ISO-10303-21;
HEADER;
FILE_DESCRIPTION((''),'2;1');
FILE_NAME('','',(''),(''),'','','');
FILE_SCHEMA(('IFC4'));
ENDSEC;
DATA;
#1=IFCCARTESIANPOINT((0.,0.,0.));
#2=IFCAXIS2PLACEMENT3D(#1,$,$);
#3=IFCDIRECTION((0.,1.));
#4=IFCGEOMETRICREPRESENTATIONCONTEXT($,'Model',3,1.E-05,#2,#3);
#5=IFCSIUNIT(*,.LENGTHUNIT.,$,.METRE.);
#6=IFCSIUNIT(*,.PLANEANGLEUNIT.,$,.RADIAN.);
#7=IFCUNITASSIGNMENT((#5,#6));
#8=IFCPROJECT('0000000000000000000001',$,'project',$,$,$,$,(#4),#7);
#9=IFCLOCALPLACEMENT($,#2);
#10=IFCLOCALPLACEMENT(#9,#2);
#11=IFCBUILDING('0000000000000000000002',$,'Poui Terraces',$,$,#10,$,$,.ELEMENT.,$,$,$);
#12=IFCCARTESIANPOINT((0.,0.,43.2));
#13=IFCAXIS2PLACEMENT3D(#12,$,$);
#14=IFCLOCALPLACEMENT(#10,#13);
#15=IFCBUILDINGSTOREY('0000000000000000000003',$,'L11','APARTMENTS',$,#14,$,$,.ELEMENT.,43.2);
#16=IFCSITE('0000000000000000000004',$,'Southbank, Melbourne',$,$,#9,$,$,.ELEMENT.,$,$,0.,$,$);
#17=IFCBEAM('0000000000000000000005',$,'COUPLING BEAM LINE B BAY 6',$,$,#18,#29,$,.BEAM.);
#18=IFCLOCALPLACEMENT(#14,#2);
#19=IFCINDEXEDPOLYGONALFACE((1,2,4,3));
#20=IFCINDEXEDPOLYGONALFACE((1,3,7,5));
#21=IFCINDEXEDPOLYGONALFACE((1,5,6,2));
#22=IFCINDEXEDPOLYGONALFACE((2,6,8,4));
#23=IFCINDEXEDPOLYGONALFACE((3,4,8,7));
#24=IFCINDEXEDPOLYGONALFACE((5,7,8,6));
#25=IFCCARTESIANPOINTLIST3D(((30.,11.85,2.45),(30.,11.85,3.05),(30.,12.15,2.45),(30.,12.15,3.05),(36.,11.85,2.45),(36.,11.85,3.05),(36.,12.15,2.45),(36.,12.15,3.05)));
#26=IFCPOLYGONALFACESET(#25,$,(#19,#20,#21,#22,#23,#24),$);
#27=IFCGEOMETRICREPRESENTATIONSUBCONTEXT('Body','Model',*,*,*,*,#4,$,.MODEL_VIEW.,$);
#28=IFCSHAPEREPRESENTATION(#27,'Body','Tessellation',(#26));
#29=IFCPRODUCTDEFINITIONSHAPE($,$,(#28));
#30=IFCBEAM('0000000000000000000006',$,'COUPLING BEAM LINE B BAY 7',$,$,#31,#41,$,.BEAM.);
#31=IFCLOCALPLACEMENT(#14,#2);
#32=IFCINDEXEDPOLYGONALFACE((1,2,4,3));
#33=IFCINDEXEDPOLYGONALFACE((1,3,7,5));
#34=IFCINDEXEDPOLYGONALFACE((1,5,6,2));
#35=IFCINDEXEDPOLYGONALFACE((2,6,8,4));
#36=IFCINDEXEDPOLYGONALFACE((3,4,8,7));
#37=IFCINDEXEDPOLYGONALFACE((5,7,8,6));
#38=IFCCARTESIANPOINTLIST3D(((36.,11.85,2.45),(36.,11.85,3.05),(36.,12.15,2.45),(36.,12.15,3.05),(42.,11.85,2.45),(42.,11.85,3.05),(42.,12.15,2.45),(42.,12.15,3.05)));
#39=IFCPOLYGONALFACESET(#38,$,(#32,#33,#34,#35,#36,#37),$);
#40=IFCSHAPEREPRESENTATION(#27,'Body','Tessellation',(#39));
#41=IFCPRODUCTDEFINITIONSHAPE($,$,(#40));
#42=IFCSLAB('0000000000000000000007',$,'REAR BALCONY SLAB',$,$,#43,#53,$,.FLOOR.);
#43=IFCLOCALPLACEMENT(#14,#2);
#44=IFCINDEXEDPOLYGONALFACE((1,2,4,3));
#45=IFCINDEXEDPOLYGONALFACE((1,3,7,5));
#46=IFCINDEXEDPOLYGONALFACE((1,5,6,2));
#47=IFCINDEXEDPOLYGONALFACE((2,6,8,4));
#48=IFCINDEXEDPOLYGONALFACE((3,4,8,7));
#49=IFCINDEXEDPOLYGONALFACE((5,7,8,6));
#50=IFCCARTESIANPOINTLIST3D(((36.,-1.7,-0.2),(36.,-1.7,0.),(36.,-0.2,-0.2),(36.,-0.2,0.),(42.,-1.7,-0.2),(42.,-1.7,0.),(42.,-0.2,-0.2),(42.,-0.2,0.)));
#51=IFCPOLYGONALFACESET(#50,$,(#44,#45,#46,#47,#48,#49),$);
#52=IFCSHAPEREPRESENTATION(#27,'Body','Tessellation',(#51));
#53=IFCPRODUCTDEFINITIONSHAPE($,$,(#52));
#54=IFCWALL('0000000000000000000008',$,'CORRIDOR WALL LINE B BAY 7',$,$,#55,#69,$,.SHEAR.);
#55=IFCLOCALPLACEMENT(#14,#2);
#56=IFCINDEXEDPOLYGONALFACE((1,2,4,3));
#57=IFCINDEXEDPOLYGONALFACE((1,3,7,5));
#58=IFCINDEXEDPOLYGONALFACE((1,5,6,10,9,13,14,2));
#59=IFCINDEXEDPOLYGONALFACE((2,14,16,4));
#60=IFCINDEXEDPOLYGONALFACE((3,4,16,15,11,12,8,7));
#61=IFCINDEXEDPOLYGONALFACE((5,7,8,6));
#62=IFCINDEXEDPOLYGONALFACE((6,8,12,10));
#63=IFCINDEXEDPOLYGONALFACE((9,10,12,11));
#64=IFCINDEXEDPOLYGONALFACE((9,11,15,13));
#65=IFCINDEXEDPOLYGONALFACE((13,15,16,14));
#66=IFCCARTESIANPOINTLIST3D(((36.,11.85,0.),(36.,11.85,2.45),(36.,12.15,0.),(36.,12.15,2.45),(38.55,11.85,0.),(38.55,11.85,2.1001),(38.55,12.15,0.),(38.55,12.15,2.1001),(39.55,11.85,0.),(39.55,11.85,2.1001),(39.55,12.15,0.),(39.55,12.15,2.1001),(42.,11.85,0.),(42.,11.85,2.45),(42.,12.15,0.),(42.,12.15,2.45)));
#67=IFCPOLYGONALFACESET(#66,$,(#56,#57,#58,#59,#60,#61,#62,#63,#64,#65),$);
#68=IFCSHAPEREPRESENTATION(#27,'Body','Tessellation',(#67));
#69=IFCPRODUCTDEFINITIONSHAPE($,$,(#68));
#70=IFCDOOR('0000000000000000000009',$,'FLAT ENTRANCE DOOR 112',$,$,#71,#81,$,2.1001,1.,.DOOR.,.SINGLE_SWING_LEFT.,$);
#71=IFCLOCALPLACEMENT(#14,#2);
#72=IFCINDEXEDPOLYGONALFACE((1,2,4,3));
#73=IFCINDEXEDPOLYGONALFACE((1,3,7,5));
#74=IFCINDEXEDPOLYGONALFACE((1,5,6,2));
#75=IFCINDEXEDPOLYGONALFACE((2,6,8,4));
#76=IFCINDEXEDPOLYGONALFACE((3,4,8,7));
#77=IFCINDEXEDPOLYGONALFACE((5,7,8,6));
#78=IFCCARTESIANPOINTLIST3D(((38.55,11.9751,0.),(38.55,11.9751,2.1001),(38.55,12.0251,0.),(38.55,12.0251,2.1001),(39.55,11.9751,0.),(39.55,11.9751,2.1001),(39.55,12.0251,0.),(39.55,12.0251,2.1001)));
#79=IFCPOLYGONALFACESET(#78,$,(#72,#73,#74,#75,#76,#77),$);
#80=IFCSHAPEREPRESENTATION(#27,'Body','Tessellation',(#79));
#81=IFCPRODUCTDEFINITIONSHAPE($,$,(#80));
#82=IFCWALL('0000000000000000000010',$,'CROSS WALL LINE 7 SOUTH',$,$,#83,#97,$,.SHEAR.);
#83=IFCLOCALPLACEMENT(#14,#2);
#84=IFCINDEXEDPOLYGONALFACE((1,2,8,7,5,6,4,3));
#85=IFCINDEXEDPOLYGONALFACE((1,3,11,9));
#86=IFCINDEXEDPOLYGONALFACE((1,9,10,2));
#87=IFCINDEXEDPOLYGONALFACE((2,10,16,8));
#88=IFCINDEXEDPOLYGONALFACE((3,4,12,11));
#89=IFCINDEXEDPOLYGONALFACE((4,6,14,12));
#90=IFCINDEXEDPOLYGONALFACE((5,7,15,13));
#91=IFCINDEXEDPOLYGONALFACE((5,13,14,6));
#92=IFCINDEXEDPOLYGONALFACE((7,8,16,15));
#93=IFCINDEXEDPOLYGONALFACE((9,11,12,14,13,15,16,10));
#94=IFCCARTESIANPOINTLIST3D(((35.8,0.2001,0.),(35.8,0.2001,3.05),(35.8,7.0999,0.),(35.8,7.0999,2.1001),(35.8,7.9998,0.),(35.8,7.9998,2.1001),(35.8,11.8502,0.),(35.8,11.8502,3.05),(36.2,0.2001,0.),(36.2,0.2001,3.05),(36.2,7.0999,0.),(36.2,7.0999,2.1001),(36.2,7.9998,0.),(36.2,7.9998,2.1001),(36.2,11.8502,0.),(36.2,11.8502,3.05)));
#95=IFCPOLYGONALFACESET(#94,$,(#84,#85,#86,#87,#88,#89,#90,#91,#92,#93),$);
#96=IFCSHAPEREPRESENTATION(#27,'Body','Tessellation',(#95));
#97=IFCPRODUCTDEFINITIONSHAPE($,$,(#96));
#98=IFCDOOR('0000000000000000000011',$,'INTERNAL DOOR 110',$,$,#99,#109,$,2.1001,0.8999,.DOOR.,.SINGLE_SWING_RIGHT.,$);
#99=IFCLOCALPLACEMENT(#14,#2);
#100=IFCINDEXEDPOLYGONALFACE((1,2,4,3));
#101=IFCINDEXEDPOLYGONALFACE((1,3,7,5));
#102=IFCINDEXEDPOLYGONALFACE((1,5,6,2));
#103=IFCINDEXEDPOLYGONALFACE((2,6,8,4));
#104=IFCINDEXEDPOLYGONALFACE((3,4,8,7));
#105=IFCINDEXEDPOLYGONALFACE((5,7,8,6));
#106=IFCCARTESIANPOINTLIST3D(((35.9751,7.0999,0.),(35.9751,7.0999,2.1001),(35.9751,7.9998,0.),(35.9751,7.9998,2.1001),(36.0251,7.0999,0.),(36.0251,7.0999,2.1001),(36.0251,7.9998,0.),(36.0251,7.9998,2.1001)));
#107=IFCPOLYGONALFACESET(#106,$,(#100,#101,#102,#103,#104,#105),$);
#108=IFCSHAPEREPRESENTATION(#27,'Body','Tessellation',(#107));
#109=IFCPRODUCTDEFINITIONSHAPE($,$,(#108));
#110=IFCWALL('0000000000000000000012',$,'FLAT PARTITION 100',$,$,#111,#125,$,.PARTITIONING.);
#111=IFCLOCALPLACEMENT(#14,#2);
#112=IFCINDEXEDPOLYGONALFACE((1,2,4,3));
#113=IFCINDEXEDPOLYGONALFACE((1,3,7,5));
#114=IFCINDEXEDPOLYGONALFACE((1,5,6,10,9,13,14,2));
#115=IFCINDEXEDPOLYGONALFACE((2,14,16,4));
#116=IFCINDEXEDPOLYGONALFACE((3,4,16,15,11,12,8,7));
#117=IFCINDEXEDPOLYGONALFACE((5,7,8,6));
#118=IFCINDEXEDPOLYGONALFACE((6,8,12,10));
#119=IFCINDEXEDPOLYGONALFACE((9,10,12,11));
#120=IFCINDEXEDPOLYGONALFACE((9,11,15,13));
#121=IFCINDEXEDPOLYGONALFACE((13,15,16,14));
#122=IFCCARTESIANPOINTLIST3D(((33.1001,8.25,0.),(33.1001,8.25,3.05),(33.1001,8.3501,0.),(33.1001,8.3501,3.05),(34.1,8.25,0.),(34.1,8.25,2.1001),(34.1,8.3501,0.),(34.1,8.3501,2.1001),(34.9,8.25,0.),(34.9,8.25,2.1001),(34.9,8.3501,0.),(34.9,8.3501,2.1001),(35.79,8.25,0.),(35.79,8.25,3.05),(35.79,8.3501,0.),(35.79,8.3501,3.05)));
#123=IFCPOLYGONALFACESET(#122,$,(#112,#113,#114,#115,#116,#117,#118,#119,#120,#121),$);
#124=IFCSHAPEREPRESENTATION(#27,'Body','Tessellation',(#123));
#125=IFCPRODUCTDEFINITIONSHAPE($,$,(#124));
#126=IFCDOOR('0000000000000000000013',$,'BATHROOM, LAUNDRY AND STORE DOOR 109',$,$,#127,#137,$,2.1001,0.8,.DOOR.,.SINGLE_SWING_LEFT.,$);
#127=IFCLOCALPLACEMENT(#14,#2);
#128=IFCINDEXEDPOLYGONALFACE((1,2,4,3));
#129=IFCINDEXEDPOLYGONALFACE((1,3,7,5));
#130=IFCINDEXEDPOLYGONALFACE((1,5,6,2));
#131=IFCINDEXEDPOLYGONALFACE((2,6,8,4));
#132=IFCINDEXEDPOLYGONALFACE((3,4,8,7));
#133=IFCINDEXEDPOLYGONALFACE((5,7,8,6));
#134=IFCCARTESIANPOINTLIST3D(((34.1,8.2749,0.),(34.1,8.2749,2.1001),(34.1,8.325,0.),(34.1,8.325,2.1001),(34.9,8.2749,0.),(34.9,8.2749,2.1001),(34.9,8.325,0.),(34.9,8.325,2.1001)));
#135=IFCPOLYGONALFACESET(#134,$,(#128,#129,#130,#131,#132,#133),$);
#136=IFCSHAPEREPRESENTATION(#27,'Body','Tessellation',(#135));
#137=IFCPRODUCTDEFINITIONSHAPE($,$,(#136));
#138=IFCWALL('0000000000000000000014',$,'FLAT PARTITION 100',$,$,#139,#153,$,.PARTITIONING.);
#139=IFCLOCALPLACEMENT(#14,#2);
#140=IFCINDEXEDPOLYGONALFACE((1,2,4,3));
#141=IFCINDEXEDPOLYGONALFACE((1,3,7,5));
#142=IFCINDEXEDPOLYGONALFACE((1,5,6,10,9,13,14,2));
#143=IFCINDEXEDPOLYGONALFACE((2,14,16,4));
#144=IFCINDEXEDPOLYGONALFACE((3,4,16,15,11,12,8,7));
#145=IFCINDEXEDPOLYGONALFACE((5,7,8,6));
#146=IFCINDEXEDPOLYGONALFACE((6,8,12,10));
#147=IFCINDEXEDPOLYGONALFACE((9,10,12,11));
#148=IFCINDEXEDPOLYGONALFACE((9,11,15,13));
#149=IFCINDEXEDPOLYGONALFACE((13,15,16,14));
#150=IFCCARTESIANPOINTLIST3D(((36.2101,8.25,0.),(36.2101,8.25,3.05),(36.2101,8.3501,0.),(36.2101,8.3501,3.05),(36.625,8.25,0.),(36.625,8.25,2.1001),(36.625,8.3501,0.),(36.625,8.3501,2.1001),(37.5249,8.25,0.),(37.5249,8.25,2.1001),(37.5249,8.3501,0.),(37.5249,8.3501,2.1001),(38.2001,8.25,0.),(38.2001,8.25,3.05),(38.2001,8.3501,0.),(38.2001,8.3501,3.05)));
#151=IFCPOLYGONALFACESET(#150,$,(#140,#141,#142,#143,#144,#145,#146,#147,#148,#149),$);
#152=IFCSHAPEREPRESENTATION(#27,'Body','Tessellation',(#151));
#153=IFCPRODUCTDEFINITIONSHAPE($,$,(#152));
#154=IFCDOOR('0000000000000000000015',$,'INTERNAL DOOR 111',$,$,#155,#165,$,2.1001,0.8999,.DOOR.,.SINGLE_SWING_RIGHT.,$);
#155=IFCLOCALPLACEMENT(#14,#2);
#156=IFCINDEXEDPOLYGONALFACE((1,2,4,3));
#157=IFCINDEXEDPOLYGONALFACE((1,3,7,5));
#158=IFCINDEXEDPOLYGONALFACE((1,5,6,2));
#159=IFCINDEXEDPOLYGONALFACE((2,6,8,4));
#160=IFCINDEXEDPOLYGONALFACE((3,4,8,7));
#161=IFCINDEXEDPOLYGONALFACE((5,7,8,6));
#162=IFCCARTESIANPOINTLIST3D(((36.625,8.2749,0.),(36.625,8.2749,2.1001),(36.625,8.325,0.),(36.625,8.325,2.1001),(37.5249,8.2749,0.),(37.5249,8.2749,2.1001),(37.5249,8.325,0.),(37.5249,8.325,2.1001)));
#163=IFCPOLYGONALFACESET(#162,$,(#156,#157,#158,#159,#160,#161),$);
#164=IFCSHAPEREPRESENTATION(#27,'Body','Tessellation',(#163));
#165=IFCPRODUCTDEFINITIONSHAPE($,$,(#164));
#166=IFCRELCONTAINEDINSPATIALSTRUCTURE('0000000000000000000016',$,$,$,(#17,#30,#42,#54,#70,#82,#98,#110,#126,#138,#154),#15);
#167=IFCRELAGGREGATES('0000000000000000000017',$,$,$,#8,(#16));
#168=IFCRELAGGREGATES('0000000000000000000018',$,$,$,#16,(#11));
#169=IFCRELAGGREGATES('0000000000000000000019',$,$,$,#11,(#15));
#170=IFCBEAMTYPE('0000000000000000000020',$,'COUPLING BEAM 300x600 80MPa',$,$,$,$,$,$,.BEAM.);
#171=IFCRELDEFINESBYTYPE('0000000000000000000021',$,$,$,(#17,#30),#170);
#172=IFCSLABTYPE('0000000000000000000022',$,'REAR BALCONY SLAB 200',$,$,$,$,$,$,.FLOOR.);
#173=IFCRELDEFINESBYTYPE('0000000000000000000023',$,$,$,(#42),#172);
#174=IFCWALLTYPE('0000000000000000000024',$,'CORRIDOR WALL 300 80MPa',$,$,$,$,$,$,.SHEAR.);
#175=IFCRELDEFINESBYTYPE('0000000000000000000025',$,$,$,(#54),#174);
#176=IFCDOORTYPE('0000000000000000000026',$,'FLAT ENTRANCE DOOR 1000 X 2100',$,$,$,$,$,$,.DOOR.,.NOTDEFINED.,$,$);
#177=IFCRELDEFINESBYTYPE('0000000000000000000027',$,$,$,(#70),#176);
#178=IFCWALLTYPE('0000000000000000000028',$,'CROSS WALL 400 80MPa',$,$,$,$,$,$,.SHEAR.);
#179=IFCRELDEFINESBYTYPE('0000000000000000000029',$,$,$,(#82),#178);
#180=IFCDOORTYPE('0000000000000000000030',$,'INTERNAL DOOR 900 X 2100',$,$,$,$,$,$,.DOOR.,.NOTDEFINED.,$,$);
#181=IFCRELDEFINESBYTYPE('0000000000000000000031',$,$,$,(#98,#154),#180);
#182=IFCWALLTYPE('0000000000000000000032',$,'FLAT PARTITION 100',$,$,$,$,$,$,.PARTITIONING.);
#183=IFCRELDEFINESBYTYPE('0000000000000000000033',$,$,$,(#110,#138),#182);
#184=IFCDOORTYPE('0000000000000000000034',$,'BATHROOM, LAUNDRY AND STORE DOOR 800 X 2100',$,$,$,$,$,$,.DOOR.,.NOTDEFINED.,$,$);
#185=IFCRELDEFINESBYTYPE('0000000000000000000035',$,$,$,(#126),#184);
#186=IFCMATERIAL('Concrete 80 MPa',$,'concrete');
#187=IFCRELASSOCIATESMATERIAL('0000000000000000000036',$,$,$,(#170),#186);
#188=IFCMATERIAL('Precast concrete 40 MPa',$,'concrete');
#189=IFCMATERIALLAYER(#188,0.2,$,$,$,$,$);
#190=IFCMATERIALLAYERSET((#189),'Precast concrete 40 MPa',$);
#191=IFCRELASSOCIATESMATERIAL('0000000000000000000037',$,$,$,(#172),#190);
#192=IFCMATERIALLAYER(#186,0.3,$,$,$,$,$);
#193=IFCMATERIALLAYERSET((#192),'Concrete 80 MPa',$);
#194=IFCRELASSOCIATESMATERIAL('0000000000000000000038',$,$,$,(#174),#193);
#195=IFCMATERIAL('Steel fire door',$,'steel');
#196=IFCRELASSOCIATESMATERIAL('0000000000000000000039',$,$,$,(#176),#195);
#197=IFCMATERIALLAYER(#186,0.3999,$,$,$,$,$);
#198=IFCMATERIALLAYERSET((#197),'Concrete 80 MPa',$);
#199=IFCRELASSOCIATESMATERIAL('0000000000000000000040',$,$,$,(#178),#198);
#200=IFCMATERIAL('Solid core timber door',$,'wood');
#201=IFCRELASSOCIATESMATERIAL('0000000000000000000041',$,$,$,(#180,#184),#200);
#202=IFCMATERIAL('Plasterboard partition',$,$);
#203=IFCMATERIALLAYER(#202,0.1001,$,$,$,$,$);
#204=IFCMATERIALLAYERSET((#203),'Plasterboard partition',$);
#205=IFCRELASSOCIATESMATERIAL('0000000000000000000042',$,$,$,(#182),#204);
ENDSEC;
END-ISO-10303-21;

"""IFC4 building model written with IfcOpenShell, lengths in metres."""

from ifc_helpers import new_model, si_unit, direction, frame, frame_2d, origin, origin_2d, place, context, subcontext, project, spatial, polyline, rectangle, outline, extrude, source, transform, mapped, material, layer, layer_set, material_profile, profile_set, type_object, element, fill, save


model = new_model("IFC4")

# Units and contexts
model_context = context("Model", 3, precision=1e-05, world=origin(), true_north=direction((0.0, 1.0)))
body_context = subcontext(model_context, "Body", "Model", "MODEL_VIEW")
ifc_project = project(units=[si_unit("LENGTHUNIT", "METRE"), si_unit("PLANEANGLEUNIT", "RADIAN")], contexts=[model_context])

# Site, building, storey
site_placement = place(None, origin())
site = spatial("IfcSite", under=ifc_project, at=site_placement, Name="Southbank, Melbourne", CompositionType="ELEMENT", RefElevation=0.0)
building_placement = place(site_placement, origin())
building = spatial("IfcBuilding", under=site, at=building_placement, Name="Poui Terraces", CompositionType="ELEMENT")
storey_placement = place(building_placement, frame((0.0, 0.0, 43.2)))
storey = spatial("IfcBuildingStorey", under=building, at=storey_placement, Name="L11", Description="APARTMENTS", CompositionType="ELEMENT", Elevation=43.2)

# Beams
ifc_material_1 = material(Name="Concrete 80 MPa", Category="concrete")
ifc_material_profile = material_profile(ifc_material_1, rectangle(XDim=0.3, YDim=0.6001, at=origin_2d()), Name="RC 300x600")
ifc_profile_set = profile_set([ifc_material_profile], Name="Concrete 80 MPa")
beam_type = type_object("IfcBeamType", Name="COUPLING BEAM 300x600 80MPa", PredefinedType="BEAM", material=ifc_profile_set)
shared_shape_1 = source(origin(), body_context, "Body", "SweptSolid", [
    extrude(rectangle(XDim=0.3, YDim=0.6001, at=origin_2d()), origin(), (0.0, 0.0, 1.0), 6.0),
])
for number, where, z_axis, x_axis, name in (
    (1, (30.0, 12.0, 2.75), (1.0, 0.0, 0.0), (0.0, 1.0, 0.0), "COUPLING BEAM LINE B BAY 6"),
    (2, (36.0, 12.0, 2.75), (1.0, 0.0, 0.0), (0.0, 1.0, 0.0), "COUPLING BEAM LINE B BAY 7"),
):
    element("IfcBeam", number, at=place(storey_placement, frame(where, z_axis=z_axis, x_axis=x_axis)), inside=storey, type_object=beam_type, Name=name, PredefinedType="BEAM", context=body_context, shape_type="MappedRepresentation", body=[
        mapped(shared_shape_1, transform((0.0, 0.0, 0.0))),
    ])

# Slab
ifc_material_2 = material(Name="Precast concrete 40 MPa", Category="concrete")
ifc_layer_1 = layer(ifc_material_2, 0.2)
ifc_layer_set_1 = layer_set([ifc_layer_1], Name="Precast concrete 40 MPa")
slab_type = type_object("IfcSlabType", Name="REAR BALCONY SLAB 200", PredefinedType="FLOOR", material=ifc_layer_set_1)
shared_shape_2 = source(origin(), body_context, "Body", "SweptSolid", [
    extrude(outline(polyline([(0.0, 0.0), (6.0, 0.0), (6.0, 1.5), (0.0, 1.5), (0.0, 0.0)])), origin(), (0.0, 0.0, 1.0), 0.2),
])
slab_placement = place(storey_placement, frame((36.0, -1.7, -0.2)))
element("IfcSlab", 3, at=slab_placement, inside=storey, type_object=slab_type, Name="REAR BALCONY SLAB", PredefinedType="FLOOR", context=body_context, shape_type="MappedRepresentation", body=[
    mapped(shared_shape_2, transform((0.0, 0.0, 0.0))),
])

# Walls, openings, doors
ifc_layer_2 = layer(ifc_material_1, 0.3)
ifc_layer_set_2 = layer_set([ifc_layer_2], Name="Concrete 80 MPa")
wall_type_1 = type_object("IfcWallType", Name="CORRIDOR WALL 300 80MPa", PredefinedType="SHEAR", material=ifc_layer_set_2)
wall_1_placement = place(storey_placement, frame((36.0, 12.0, 0.0), z_axis=(0.0, 0.0, 1.0), x_axis=(1.0, 0.0, 0.0)))
wall_1 = element("IfcWall", 4, at=wall_1_placement, inside=storey, type_object=wall_type_1, Name="CORRIDOR WALL LINE B BAY 7", PredefinedType="SHEAR", context=body_context, shape_type="SweptSolid", body=[
    extrude(rectangle(XDim=6.0, YDim=0.3, at=frame_2d((3.0, 0.0))), origin(), (0.0, 0.0, 1.0), 2.45),
])
opening_1_placement = place(wall_1_placement, frame((2.55, 0.0, 0.0)))
opening_1 = element("IfcOpeningElement", 5, at=opening_1_placement, cuts=wall_1, PredefinedType="OPENING", context=body_context, shape_type="SweptSolid", body=[
    extrude(rectangle(XDim=1.0, YDim=2.1001, at=frame_2d((0.5, 1.05))), frame((0.0, 0.1602, 0.0), z_axis=(0.0, -1.0, 0.0), x_axis=(1.0, 0.0, 0.0)), (0.0, 0.0, 1.0), 0.3201),
])
ifc_material_3 = material(Name="Steel fire door", Category="steel")
door_type_1 = type_object("IfcDoorType", Name="FLAT ENTRANCE DOOR 1000 X 2100", OperationType="NOTDEFINED", PredefinedType="DOOR", material=ifc_material_3)
door_1_placement = place(opening_1_placement, frame((1.0, 0.0, 0.0), z_axis=(0.0, 0.0, 1.0), x_axis=(-1.0, 0.0, 0.0)))
door_1 = element("IfcDoor", 6, at=door_1_placement, inside=storey, type_object=door_type_1, Name="FLAT ENTRANCE DOOR 112", OperationType="SINGLE_SWING_LEFT", OverallHeight=2.1001, OverallWidth=1.0, PredefinedType="DOOR", context=body_context, shape_type="SweptSolid", body=[
    extrude(rectangle(XDim=1.0, YDim=2.1001, at=frame_2d((0.5, 1.05))), frame((0.0, 0.0249, 0.0), z_axis=(0.0, -1.0, 0.0), x_axis=(1.0, 0.0, 0.0)), (0.0, 0.0, 1.0), 0.05),
])
fill(opening_1, door_1)
ifc_layer_3 = layer(ifc_material_1, 0.3999)
ifc_layer_set_3 = layer_set([ifc_layer_3], Name="Concrete 80 MPa")
wall_type_2 = type_object("IfcWallType", Name="CROSS WALL 400 80MPa", PredefinedType="SHEAR", material=ifc_layer_set_3)
wall_2_placement = place(storey_placement, frame((36.0, 0.2, 0.0), z_axis=(0.0, 0.0, 1.0), x_axis=(0.0, 1.0, 0.0)))
wall_2 = element("IfcWall", 7, at=wall_2_placement, inside=storey, type_object=wall_type_2, Name="CROSS WALL LINE 7 SOUTH", PredefinedType="SHEAR", context=body_context, shape_type="SweptSolid", body=[
    extrude(rectangle(XDim=11.6501, YDim=0.3999, at=frame_2d((5.8252, 0.0))), origin(), (0.0, 0.0, 1.0), 3.05),
])
opening_2_placement = place(wall_2_placement, frame((6.8999, 0.0, 0.0)))
opening_2 = element("IfcOpeningElement", 8, at=opening_2_placement, cuts=wall_2, PredefinedType="OPENING", context=body_context, shape_type="SweptSolid", body=[
    extrude(rectangle(XDim=0.8999, YDim=2.1001, at=frame_2d((0.45, 1.05))), frame((0.0, 0.21, 0.0), z_axis=(0.0, -1.0, 0.0), x_axis=(1.0, 0.0, 0.0)), (0.0, 0.0, 1.0), 0.4199),
])
ifc_material_4 = material(Name="Solid core timber door", Category="wood")
door_type_2 = type_object("IfcDoorType", Name="INTERNAL DOOR 900 X 2100", OperationType="NOTDEFINED", PredefinedType="DOOR", material=ifc_material_4)
door_2_placement = place(opening_2_placement, origin())
door_2 = element("IfcDoor", 9, at=door_2_placement, inside=storey, type_object=door_type_2, Name="INTERNAL DOOR 110", OperationType="SINGLE_SWING_RIGHT", OverallHeight=2.1001, OverallWidth=0.8999, PredefinedType="DOOR", context=body_context, shape_type="SweptSolid", body=[
    extrude(rectangle(XDim=0.8999, YDim=2.1001, at=frame_2d((0.45, 1.05))), frame((0.0, 0.0249, 0.0), z_axis=(0.0, -1.0, 0.0), x_axis=(1.0, 0.0, 0.0)), (0.0, 0.0, 1.0), 0.05),
])
fill(opening_2, door_2)
ifc_material_5 = material(Name="Plasterboard partition")
ifc_layer_4 = layer(ifc_material_5, 0.1001)
ifc_layer_set_4 = layer_set([ifc_layer_4], Name="Plasterboard partition")
wall_type_3 = type_object("IfcWallType", Name="FLAT PARTITION 100", PredefinedType="PARTITIONING", material=ifc_layer_set_4)
wall_3_placement = place(storey_placement, frame((33.1001, 8.3, 0.0), z_axis=(0.0, 0.0, 1.0), x_axis=(1.0, 0.0, 0.0)))
wall_3 = element("IfcWall", 10, at=wall_3_placement, inside=storey, type_object=wall_type_3, Name="FLAT PARTITION 100", PredefinedType="PARTITIONING", context=body_context, shape_type="SweptSolid", body=[
    extrude(rectangle(XDim=2.6899, YDim=0.1001, at=frame_2d((1.345, 0.0))), origin(), (0.0, 0.0, 1.0), 3.05),
])
opening_3_placement = place(wall_3_placement, frame((1.0, 0.0, 0.0)))
opening_3 = element("IfcOpeningElement", 11, at=opening_3_placement, cuts=wall_3, PredefinedType="OPENING", context=body_context, shape_type="SweptSolid", body=[
    extrude(rectangle(XDim=0.8, YDim=2.1001, at=frame_2d((0.3999, 1.05))), frame((0.0, 0.0601, 0.0), z_axis=(0.0, -1.0, 0.0), x_axis=(1.0, 0.0, 0.0)), (0.0, 0.0, 1.0), 0.1201),
])
door_type_3 = type_object("IfcDoorType", Name="BATHROOM, LAUNDRY AND STORE DOOR 800 X 2100", OperationType="NOTDEFINED", PredefinedType="DOOR", material=ifc_material_4)
door_3_placement = place(opening_3_placement, origin())
door_3 = element("IfcDoor", 12, at=door_3_placement, inside=storey, type_object=door_type_3, Name="BATHROOM, LAUNDRY AND STORE DOOR 109", OperationType="SINGLE_SWING_LEFT", OverallHeight=2.1001, OverallWidth=0.8, PredefinedType="DOOR", context=body_context, shape_type="SweptSolid", body=[
    extrude(rectangle(XDim=0.8, YDim=2.1001, at=frame_2d((0.3999, 1.05))), frame((0.0, 0.0249, 0.0), z_axis=(0.0, -1.0, 0.0), x_axis=(1.0, 0.0, 0.0)), (0.0, 0.0, 1.0), 0.05),
])
fill(opening_3, door_3)
wall_4_placement = place(storey_placement, frame((36.21, 8.3, 0.0), z_axis=(0.0, 0.0, 1.0), x_axis=(1.0, 0.0, 0.0)))
wall_4 = element("IfcWall", 13, at=wall_4_placement, inside=storey, type_object=wall_type_3, Name="FLAT PARTITION 100", PredefinedType="PARTITIONING", context=body_context, shape_type="SweptSolid", body=[
    extrude(rectangle(XDim=1.99, YDim=0.1001, at=frame_2d((0.9951, 0.0))), origin(), (0.0, 0.0, 1.0), 3.05),
])
opening_4_placement = place(wall_4_placement, frame((0.415, 0.0, 0.0)))
opening_4 = element("IfcOpeningElement", 14, at=opening_4_placement, cuts=wall_4, PredefinedType="OPENING", context=body_context, shape_type="SweptSolid", body=[
    extrude(rectangle(XDim=0.8999, YDim=2.1001, at=frame_2d((0.45, 1.05))), frame((0.0, 0.0601, 0.0), z_axis=(0.0, -1.0, 0.0), x_axis=(1.0, 0.0, 0.0)), (0.0, 0.0, 1.0), 0.1201),
])
door_4_placement = place(opening_4_placement, origin())
door_4 = element("IfcDoor", 15, at=door_4_placement, inside=storey, type_object=door_type_2, Name="INTERNAL DOOR 111", OperationType="SINGLE_SWING_RIGHT", OverallHeight=2.1001, OverallWidth=0.8999, PredefinedType="DOOR", context=body_context, shape_type="SweptSolid", body=[
    extrude(rectangle(XDim=0.8999, YDim=2.1001, at=frame_2d((0.45, 1.05))), frame((0.0, 0.0249, 0.0), z_axis=(0.0, -1.0, 0.0), x_axis=(1.0, 0.0, 0.0)), (0.0, 0.0, 1.0), 0.05),
])
fill(opening_4, door_4)

save(model, "model.ifc")
